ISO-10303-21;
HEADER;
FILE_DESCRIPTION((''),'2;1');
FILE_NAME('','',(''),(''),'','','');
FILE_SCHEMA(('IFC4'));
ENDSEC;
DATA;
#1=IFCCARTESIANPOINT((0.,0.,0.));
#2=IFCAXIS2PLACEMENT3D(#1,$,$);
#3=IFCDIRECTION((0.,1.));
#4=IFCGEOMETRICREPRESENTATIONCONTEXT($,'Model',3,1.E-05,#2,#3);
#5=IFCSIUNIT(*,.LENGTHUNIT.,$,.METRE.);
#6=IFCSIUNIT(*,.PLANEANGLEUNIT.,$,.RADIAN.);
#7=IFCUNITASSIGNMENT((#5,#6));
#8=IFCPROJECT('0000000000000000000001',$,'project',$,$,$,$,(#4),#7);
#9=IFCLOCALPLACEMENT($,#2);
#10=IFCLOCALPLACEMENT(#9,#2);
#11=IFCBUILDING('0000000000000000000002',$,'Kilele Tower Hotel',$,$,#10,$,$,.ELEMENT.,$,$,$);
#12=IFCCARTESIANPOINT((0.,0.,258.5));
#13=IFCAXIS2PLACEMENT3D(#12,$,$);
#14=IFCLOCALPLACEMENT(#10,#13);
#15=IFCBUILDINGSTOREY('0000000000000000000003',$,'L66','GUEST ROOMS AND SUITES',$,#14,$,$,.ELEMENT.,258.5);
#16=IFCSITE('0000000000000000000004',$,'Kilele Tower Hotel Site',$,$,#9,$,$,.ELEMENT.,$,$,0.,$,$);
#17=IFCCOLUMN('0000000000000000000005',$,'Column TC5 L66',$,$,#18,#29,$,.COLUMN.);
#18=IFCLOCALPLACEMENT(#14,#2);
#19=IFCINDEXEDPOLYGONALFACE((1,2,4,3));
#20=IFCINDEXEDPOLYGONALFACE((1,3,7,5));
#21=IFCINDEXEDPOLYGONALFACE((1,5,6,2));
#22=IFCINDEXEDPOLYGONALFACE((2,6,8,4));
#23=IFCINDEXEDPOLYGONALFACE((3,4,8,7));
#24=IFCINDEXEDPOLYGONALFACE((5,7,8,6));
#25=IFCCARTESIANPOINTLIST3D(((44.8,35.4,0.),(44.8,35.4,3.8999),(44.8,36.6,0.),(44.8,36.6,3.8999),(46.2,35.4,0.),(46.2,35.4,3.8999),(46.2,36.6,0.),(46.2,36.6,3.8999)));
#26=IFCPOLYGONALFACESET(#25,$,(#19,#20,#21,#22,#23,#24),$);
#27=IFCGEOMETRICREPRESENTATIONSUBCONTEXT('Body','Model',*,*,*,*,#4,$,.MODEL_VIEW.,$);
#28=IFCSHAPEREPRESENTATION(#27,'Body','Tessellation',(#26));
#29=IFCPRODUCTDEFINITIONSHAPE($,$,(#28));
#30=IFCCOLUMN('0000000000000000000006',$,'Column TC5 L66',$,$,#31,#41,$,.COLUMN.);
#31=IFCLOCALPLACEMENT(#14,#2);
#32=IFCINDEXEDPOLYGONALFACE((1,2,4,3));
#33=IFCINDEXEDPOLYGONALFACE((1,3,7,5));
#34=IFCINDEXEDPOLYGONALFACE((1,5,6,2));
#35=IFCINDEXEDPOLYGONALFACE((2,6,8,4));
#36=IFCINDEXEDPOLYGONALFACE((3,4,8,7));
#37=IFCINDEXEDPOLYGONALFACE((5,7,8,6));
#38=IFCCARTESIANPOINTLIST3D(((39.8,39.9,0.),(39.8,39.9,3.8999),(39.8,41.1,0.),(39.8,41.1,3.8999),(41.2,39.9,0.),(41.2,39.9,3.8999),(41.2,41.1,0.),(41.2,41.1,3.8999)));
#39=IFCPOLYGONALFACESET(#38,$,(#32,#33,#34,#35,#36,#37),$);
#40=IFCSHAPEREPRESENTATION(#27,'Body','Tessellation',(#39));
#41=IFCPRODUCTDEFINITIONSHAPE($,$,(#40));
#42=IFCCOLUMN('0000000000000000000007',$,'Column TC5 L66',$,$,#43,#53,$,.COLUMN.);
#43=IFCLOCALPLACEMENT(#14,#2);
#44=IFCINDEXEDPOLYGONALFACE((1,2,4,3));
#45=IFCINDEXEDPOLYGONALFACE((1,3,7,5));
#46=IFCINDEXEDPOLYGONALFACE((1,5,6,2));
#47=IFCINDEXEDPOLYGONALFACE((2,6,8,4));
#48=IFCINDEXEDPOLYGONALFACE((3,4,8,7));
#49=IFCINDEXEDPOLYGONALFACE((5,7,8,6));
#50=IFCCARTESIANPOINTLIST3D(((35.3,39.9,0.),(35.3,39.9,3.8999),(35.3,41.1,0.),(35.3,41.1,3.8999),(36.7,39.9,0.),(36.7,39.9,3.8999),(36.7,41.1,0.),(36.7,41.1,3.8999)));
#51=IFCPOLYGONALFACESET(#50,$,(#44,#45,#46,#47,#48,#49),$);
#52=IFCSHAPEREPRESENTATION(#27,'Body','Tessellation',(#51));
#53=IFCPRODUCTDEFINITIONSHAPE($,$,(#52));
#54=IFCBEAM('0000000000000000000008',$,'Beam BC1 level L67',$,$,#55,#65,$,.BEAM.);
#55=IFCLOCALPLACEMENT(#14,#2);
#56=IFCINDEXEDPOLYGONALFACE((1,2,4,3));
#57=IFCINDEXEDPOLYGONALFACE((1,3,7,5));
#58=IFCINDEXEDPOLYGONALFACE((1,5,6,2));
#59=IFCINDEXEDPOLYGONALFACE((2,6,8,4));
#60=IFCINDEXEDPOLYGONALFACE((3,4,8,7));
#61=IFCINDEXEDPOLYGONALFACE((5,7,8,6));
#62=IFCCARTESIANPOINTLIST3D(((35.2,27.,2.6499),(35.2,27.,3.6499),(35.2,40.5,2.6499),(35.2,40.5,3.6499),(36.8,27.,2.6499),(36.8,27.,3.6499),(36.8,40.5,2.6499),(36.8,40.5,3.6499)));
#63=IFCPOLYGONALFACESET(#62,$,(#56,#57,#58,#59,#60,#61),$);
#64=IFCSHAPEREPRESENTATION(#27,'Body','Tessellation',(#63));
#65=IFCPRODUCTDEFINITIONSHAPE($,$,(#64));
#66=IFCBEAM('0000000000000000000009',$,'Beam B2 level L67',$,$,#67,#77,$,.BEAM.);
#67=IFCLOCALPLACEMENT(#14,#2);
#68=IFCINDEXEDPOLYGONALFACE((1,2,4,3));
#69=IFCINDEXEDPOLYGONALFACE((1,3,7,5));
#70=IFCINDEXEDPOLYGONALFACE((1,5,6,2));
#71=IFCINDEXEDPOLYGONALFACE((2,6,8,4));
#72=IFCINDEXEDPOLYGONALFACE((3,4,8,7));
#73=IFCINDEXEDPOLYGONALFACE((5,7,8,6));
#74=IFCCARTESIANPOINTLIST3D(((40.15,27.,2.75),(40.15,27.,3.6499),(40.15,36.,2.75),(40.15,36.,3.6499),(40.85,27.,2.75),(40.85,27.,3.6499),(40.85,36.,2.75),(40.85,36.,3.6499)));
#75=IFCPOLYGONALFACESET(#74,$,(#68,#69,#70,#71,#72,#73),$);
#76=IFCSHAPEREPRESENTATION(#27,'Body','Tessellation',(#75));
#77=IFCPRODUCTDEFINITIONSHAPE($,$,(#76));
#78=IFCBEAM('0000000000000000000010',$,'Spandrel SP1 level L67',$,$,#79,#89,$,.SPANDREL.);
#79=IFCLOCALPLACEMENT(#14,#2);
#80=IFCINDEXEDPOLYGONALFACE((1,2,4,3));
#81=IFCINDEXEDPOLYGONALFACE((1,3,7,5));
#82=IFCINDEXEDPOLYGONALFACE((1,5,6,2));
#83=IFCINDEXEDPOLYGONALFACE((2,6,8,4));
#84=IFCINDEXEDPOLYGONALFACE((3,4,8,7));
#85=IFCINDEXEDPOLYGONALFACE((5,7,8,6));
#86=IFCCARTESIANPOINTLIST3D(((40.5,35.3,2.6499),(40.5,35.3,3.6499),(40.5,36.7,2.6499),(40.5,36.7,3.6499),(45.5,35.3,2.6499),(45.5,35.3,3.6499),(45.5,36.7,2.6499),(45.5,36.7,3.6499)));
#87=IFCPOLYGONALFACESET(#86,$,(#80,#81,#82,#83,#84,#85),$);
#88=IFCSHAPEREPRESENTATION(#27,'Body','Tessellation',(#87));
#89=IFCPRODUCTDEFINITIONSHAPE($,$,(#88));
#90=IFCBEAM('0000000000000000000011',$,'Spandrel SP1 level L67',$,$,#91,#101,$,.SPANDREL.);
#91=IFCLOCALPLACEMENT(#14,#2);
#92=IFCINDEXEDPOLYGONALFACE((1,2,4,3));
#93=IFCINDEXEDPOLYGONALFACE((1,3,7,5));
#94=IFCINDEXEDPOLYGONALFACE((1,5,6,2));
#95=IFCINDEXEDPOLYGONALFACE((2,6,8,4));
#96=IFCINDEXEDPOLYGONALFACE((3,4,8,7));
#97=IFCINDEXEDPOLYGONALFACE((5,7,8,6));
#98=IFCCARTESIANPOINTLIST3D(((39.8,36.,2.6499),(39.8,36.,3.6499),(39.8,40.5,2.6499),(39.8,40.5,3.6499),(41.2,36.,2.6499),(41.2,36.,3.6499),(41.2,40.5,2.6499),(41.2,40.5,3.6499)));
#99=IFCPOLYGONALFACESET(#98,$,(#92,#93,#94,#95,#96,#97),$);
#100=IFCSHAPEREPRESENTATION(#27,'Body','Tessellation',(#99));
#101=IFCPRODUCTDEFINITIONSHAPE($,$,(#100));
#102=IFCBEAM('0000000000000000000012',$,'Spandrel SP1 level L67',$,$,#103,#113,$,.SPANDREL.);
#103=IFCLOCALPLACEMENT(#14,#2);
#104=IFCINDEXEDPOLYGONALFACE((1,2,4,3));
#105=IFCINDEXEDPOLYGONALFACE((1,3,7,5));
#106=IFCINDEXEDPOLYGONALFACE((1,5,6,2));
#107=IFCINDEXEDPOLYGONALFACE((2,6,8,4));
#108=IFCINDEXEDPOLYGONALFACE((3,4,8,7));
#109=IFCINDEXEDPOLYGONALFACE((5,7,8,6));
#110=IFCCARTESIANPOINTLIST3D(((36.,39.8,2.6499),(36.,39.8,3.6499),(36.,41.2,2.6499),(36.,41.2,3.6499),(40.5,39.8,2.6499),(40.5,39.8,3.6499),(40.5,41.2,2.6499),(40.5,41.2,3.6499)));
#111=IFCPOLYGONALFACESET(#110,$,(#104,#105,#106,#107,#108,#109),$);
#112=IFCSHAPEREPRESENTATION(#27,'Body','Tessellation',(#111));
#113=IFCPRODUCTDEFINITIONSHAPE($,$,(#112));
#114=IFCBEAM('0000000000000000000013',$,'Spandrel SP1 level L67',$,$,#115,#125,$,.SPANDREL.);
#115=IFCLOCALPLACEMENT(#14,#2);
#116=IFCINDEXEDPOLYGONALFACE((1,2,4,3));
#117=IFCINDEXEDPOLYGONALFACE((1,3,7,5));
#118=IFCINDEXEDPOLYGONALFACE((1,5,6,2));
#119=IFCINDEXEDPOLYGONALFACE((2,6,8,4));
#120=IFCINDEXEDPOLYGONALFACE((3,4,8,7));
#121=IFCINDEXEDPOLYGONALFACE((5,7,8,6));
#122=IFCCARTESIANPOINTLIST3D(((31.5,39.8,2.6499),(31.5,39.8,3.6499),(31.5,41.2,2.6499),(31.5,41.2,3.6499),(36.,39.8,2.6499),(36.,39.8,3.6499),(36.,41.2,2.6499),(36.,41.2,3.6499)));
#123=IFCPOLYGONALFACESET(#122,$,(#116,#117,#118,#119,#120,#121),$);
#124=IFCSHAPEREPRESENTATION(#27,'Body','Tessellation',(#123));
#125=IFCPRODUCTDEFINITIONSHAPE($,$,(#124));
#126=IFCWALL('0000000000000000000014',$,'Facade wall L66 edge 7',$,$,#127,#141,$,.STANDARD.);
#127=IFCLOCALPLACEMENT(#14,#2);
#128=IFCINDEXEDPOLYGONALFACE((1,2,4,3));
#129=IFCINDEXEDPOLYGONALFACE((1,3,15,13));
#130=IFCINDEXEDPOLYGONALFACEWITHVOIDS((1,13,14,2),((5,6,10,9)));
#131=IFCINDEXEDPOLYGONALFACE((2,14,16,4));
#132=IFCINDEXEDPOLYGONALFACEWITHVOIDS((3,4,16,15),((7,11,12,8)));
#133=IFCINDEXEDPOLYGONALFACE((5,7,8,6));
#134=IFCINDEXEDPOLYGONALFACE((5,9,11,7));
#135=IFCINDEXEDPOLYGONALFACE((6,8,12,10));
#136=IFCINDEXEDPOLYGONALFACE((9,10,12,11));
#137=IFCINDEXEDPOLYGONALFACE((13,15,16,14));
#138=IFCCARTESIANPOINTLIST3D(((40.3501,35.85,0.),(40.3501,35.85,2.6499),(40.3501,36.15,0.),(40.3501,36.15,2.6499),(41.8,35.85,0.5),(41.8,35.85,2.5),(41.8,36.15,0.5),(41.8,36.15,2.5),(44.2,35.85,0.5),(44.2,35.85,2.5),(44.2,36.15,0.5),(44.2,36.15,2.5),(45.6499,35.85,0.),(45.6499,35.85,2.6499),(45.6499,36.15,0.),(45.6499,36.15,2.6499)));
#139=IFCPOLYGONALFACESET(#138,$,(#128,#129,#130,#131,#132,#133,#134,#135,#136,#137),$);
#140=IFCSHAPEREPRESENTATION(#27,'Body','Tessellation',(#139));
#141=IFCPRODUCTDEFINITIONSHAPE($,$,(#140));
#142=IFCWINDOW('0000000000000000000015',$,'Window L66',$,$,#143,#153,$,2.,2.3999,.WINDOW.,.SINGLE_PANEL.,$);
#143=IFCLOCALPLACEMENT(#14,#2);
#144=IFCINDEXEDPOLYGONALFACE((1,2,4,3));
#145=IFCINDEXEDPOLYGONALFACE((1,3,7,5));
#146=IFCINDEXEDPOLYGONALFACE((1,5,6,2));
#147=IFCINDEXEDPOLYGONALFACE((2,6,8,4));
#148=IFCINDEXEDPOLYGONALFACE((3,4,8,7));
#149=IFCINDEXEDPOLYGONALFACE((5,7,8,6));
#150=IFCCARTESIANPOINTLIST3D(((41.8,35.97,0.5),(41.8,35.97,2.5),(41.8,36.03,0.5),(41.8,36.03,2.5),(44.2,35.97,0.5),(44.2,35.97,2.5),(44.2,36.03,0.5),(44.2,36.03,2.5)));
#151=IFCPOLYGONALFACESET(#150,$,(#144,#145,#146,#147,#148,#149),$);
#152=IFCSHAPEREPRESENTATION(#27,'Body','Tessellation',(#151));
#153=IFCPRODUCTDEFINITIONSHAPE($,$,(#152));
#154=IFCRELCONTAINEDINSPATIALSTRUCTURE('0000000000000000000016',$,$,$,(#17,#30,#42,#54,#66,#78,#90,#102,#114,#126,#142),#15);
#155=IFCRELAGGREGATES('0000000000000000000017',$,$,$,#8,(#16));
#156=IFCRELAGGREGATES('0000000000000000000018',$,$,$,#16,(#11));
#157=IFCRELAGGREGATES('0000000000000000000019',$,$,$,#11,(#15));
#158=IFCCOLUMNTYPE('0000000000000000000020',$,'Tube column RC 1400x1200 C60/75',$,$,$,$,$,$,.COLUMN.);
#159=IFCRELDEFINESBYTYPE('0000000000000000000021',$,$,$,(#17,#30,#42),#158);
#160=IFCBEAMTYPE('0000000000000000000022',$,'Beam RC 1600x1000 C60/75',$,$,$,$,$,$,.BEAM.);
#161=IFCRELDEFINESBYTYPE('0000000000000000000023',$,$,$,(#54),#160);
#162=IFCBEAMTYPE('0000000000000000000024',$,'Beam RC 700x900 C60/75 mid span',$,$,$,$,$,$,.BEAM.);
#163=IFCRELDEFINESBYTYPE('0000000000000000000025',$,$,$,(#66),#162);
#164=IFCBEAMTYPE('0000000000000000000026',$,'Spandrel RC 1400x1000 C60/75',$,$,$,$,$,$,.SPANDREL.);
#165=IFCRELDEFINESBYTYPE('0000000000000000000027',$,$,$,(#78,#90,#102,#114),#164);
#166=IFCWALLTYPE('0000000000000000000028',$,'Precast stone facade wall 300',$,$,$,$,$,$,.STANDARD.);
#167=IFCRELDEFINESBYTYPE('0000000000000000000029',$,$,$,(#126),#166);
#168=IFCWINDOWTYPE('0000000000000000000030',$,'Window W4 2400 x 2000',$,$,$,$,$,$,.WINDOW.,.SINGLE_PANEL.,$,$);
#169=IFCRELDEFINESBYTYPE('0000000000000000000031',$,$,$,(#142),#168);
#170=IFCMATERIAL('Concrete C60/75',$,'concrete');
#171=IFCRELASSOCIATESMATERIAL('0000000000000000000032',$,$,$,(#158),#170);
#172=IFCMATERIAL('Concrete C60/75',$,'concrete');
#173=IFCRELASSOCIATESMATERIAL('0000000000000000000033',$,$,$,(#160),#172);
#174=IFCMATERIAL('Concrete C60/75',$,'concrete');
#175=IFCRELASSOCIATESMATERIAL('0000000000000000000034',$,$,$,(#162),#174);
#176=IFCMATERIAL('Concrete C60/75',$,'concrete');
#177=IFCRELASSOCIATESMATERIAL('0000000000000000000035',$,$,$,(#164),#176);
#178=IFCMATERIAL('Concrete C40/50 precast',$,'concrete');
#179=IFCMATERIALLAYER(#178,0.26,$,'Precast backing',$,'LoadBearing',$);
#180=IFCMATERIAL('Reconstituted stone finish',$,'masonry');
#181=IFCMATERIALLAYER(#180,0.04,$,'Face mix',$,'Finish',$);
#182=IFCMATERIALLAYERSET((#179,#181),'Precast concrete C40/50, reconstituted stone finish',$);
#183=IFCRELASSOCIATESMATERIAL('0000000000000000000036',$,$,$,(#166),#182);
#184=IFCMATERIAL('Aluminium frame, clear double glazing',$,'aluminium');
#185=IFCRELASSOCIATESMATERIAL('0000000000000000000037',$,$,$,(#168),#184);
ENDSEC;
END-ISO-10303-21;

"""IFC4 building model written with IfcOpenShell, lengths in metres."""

from ifc_helpers import new_model, si_unit, direction, frame, frame_2d, origin, origin_2d, place, context, subcontext, project, spatial, rectangle, extrude, material, layer, layer_set, material_profile, profile_set, type_object, element, fill, save


model = new_model("IFC4")

# Units and contexts
model_context = context("Model", 3, precision=1e-05, world=origin(), true_north=direction((0.0, 1.0)))
body_context = subcontext(model_context, "Body", "Model", "MODEL_VIEW")
ifc_project = project(units=[si_unit("LENGTHUNIT", "METRE"), si_unit("PLANEANGLEUNIT", "RADIAN")], contexts=[model_context])

# Site, building, storey
site_placement = place(None, origin())
site = spatial("IfcSite", under=ifc_project, at=site_placement, Name="Kilele Tower Hotel Site", CompositionType="ELEMENT", RefElevation=0.0)
building_placement = place(site_placement, origin())
building = spatial("IfcBuilding", under=site, at=building_placement, Name="Kilele Tower Hotel", CompositionType="ELEMENT")
storey_placement = place(building_placement, frame((0.0, 0.0, 258.5)))
storey = spatial("IfcBuildingStorey", under=building, at=storey_placement, Name="L66", Description="GUEST ROOMS AND SUITES", CompositionType="ELEMENT", Elevation=258.5)

# Columns
ifc_material_1 = material(Name="Concrete C60/75", Category="concrete")
ifc_material_profile_1 = material_profile(ifc_material_1, rectangle(XDim=1.3999, YDim=1.2, at=origin_2d()))
ifc_profile_set_1 = profile_set([ifc_material_profile_1], Name="Concrete C60/75")
column_type = type_object("IfcColumnType", Name="Tube column RC 1400x1200 C60/75", PredefinedType="COLUMN", material=ifc_profile_set_1)
for number, where, z_axis, x_axis, name in (
    (1, (45.5, 36.0, 0.0), (0.0, 0.0, 1.0), (1.0, 0.0, 0.0), "Column TC5 L66"),
    (2, (40.5, 40.5, 0.0), (0.0, 0.0, 1.0), (1.0, 0.0, 0.0), "Column TC5 L66"),
    (3, (36.0, 40.5, 0.0), (0.0, 0.0, 1.0), (1.0, 0.0, 0.0), "Column TC5 L66"),
):
    element("IfcColumn", number, at=place(storey_placement, frame(where, z_axis=z_axis, x_axis=x_axis)), inside=storey, type_object=column_type, Name=name, PredefinedType="COLUMN", context=body_context, shape_type="SweptSolid", body=[
        extrude(rectangle(XDim=1.3999, YDim=1.2, at=origin_2d()), origin(), (0.0, 0.0, 1.0), 3.8999),
    ])

# Beams
ifc_material_2 = material(Name="Concrete C60/75", Category="concrete")
ifc_material_profile_2 = material_profile(ifc_material_2, rectangle(XDim=1.6001, YDim=1.0, at=origin_2d()))
ifc_profile_set_2 = profile_set([ifc_material_profile_2], Name="Concrete C60/75")
beam_type_1 = type_object("IfcBeamType", Name="Beam RC 1600x1000 C60/75", PredefinedType="BEAM", material=ifc_profile_set_2)
beam_1_placement = place(storey_placement, frame((36.0, 40.5, 3.1499), z_axis=(0.0, -1.0, 0.0), x_axis=(1.0, 0.0, 0.0)))
element("IfcBeam", 4, at=beam_1_placement, inside=storey, type_object=beam_type_1, Name="Beam BC1 level L67", PredefinedType="BEAM", context=body_context, shape_type="SweptSolid", body=[
    extrude(rectangle(XDim=1.6001, YDim=1.0, at=origin_2d()), origin(), (0.0, 0.0, 1.0), 13.5),
])
ifc_material_3 = material(Name="Concrete C60/75", Category="concrete")
ifc_material_profile_3 = material_profile(ifc_material_3, rectangle(XDim=0.7, YDim=0.8999, at=origin_2d()))
ifc_profile_set_3 = profile_set([ifc_material_profile_3], Name="Concrete C60/75")
beam_type_2 = type_object("IfcBeamType", Name="Beam RC 700x900 C60/75 mid span", PredefinedType="BEAM", material=ifc_profile_set_3)
beam_2_placement = place(storey_placement, frame((40.5, 36.0, 3.2), z_axis=(0.0, -1.0, 0.0), x_axis=(1.0, 0.0, 0.0)))
element("IfcBeam", 5, at=beam_2_placement, inside=storey, type_object=beam_type_2, Name="Beam B2 level L67", PredefinedType="BEAM", context=body_context, shape_type="SweptSolid", body=[
    extrude(rectangle(XDim=0.7, YDim=0.8999, at=origin_2d()), origin(), (0.0, 0.0, 1.0), 9.0),
])
ifc_material_4 = material(Name="Concrete C60/75", Category="concrete")
ifc_material_profile_4 = material_profile(ifc_material_4, rectangle(XDim=1.3999, YDim=1.0, at=origin_2d()))
ifc_profile_set_4 = profile_set([ifc_material_profile_4], Name="Concrete C60/75")
beam_type_3 = type_object("IfcBeamType", Name="Spandrel RC 1400x1000 C60/75", PredefinedType="SPANDREL", material=ifc_profile_set_4)
beam_3_placement = place(storey_placement, frame((45.5, 36.0, 3.1499), z_axis=(-1.0, 0.0, 0.0), x_axis=(0.0, -1.0, 0.0)))
element("IfcBeam", 6, at=beam_3_placement, inside=storey, type_object=beam_type_3, Name="Spandrel SP1 level L67", PredefinedType="SPANDREL", context=body_context, shape_type="SweptSolid", body=[
    extrude(rectangle(XDim=1.3999, YDim=1.0, at=origin_2d()), origin(), (0.0, 0.0, 1.0), 5.0),
])
for number, where, z_axis, x_axis, name in (
    (7, (40.5, 36.0, 3.1499), (0.0, 1.0, 0.0), (-1.0, 0.0, 0.0), "Spandrel SP1 level L67"),
    (8, (40.5, 40.5, 3.1499), (-1.0, 0.0, 0.0), (0.0, -1.0, 0.0), "Spandrel SP1 level L67"),
    (9, (36.0, 40.5, 3.1499), (-1.0, 0.0, 0.0), (0.0, -1.0, 0.0), "Spandrel SP1 level L67"),
):
    element("IfcBeam", number, at=place(storey_placement, frame(where, z_axis=z_axis, x_axis=x_axis)), inside=storey, type_object=beam_type_3, Name=name, PredefinedType="SPANDREL", context=body_context, shape_type="SweptSolid", body=[
        extrude(rectangle(XDim=1.3999, YDim=1.0, at=origin_2d()), origin(), (0.0, 0.0, 1.0), 4.5),
    ])

# Wall, opening, window
ifc_material_5 = material(Name="Concrete C40/50 precast", Category="concrete")
ifc_layer_1 = layer(ifc_material_5, 0.26, Name="Precast backing", Category="LoadBearing")
ifc_material_6 = material(Name="Reconstituted stone finish", Category="masonry")
ifc_layer_2 = layer(ifc_material_6, 0.04, Name="Face mix", Category="Finish")
ifc_layer_set = layer_set([ifc_layer_1, ifc_layer_2], Name="Precast concrete C40/50, reconstituted stone finish")
wall_type = type_object("IfcWallType", Name="Precast stone facade wall 300", PredefinedType="STANDARD", material=ifc_layer_set)
wall_1_placement = place(storey_placement, frame((45.6499, 36.0, 0.0), z_axis=(0.0, 0.0, 1.0), x_axis=(-1.0, 0.0, 0.0)))
wall_1 = element("IfcWall", 10, at=wall_1_placement, inside=storey, type_object=wall_type, Name="Facade wall L66 edge 7", PredefinedType="STANDARD", context=body_context, shape_type="SweptSolid", body=[
    extrude(rectangle(XDim=5.2998, YDim=0.3, at=frame_2d((2.6499, 0.0))), origin(), (0.0, 0.0, 1.0), 2.6499),
])
opening_1_placement = place(wall_1_placement, frame((1.45, 0.0, 0.5)))
opening_1 = element("IfcOpeningElement", 11, at=opening_1_placement, cuts=wall_1, PredefinedType="OPENING", context=body_context, shape_type="SweptSolid", body=[
    extrude(rectangle(XDim=2.3999, YDim=2.0, at=frame_2d((1.2, 1.0))), frame((0.0, 0.1599, 0.0), z_axis=(0.0, -1.0, 0.0), x_axis=(1.0, 0.0, 0.0)), (0.0, 0.0, 1.0), 0.3201),
])
ifc_material_7 = material(Name="Aluminium frame, clear double glazing", Category="aluminium")
window_type = type_object("IfcWindowType", Name="Window W4 2400 x 2000", PartitioningType="SINGLE_PANEL", PredefinedType="WINDOW", material=ifc_material_7)
window_1_placement = place(opening_1_placement, origin())
window_1 = element("IfcWindow", 12, at=window_1_placement, inside=storey, type_object=window_type, Name="Window L66", OverallHeight=2.0, OverallWidth=2.3999, PartitioningType="SINGLE_PANEL", PredefinedType="WINDOW", context=body_context, shape_type="SweptSolid", body=[
    extrude(rectangle(XDim=2.3999, YDim=2.0, at=frame_2d((1.2, 1.0))), frame((0.0, 0.03, 0.0), z_axis=(0.0, -1.0, 0.0), x_axis=(1.0, 0.0, 0.0)), (0.0, 0.0, 1.0), 0.0601),
])
fill(opening_1, window_1)

save(model, "model.ifc")
